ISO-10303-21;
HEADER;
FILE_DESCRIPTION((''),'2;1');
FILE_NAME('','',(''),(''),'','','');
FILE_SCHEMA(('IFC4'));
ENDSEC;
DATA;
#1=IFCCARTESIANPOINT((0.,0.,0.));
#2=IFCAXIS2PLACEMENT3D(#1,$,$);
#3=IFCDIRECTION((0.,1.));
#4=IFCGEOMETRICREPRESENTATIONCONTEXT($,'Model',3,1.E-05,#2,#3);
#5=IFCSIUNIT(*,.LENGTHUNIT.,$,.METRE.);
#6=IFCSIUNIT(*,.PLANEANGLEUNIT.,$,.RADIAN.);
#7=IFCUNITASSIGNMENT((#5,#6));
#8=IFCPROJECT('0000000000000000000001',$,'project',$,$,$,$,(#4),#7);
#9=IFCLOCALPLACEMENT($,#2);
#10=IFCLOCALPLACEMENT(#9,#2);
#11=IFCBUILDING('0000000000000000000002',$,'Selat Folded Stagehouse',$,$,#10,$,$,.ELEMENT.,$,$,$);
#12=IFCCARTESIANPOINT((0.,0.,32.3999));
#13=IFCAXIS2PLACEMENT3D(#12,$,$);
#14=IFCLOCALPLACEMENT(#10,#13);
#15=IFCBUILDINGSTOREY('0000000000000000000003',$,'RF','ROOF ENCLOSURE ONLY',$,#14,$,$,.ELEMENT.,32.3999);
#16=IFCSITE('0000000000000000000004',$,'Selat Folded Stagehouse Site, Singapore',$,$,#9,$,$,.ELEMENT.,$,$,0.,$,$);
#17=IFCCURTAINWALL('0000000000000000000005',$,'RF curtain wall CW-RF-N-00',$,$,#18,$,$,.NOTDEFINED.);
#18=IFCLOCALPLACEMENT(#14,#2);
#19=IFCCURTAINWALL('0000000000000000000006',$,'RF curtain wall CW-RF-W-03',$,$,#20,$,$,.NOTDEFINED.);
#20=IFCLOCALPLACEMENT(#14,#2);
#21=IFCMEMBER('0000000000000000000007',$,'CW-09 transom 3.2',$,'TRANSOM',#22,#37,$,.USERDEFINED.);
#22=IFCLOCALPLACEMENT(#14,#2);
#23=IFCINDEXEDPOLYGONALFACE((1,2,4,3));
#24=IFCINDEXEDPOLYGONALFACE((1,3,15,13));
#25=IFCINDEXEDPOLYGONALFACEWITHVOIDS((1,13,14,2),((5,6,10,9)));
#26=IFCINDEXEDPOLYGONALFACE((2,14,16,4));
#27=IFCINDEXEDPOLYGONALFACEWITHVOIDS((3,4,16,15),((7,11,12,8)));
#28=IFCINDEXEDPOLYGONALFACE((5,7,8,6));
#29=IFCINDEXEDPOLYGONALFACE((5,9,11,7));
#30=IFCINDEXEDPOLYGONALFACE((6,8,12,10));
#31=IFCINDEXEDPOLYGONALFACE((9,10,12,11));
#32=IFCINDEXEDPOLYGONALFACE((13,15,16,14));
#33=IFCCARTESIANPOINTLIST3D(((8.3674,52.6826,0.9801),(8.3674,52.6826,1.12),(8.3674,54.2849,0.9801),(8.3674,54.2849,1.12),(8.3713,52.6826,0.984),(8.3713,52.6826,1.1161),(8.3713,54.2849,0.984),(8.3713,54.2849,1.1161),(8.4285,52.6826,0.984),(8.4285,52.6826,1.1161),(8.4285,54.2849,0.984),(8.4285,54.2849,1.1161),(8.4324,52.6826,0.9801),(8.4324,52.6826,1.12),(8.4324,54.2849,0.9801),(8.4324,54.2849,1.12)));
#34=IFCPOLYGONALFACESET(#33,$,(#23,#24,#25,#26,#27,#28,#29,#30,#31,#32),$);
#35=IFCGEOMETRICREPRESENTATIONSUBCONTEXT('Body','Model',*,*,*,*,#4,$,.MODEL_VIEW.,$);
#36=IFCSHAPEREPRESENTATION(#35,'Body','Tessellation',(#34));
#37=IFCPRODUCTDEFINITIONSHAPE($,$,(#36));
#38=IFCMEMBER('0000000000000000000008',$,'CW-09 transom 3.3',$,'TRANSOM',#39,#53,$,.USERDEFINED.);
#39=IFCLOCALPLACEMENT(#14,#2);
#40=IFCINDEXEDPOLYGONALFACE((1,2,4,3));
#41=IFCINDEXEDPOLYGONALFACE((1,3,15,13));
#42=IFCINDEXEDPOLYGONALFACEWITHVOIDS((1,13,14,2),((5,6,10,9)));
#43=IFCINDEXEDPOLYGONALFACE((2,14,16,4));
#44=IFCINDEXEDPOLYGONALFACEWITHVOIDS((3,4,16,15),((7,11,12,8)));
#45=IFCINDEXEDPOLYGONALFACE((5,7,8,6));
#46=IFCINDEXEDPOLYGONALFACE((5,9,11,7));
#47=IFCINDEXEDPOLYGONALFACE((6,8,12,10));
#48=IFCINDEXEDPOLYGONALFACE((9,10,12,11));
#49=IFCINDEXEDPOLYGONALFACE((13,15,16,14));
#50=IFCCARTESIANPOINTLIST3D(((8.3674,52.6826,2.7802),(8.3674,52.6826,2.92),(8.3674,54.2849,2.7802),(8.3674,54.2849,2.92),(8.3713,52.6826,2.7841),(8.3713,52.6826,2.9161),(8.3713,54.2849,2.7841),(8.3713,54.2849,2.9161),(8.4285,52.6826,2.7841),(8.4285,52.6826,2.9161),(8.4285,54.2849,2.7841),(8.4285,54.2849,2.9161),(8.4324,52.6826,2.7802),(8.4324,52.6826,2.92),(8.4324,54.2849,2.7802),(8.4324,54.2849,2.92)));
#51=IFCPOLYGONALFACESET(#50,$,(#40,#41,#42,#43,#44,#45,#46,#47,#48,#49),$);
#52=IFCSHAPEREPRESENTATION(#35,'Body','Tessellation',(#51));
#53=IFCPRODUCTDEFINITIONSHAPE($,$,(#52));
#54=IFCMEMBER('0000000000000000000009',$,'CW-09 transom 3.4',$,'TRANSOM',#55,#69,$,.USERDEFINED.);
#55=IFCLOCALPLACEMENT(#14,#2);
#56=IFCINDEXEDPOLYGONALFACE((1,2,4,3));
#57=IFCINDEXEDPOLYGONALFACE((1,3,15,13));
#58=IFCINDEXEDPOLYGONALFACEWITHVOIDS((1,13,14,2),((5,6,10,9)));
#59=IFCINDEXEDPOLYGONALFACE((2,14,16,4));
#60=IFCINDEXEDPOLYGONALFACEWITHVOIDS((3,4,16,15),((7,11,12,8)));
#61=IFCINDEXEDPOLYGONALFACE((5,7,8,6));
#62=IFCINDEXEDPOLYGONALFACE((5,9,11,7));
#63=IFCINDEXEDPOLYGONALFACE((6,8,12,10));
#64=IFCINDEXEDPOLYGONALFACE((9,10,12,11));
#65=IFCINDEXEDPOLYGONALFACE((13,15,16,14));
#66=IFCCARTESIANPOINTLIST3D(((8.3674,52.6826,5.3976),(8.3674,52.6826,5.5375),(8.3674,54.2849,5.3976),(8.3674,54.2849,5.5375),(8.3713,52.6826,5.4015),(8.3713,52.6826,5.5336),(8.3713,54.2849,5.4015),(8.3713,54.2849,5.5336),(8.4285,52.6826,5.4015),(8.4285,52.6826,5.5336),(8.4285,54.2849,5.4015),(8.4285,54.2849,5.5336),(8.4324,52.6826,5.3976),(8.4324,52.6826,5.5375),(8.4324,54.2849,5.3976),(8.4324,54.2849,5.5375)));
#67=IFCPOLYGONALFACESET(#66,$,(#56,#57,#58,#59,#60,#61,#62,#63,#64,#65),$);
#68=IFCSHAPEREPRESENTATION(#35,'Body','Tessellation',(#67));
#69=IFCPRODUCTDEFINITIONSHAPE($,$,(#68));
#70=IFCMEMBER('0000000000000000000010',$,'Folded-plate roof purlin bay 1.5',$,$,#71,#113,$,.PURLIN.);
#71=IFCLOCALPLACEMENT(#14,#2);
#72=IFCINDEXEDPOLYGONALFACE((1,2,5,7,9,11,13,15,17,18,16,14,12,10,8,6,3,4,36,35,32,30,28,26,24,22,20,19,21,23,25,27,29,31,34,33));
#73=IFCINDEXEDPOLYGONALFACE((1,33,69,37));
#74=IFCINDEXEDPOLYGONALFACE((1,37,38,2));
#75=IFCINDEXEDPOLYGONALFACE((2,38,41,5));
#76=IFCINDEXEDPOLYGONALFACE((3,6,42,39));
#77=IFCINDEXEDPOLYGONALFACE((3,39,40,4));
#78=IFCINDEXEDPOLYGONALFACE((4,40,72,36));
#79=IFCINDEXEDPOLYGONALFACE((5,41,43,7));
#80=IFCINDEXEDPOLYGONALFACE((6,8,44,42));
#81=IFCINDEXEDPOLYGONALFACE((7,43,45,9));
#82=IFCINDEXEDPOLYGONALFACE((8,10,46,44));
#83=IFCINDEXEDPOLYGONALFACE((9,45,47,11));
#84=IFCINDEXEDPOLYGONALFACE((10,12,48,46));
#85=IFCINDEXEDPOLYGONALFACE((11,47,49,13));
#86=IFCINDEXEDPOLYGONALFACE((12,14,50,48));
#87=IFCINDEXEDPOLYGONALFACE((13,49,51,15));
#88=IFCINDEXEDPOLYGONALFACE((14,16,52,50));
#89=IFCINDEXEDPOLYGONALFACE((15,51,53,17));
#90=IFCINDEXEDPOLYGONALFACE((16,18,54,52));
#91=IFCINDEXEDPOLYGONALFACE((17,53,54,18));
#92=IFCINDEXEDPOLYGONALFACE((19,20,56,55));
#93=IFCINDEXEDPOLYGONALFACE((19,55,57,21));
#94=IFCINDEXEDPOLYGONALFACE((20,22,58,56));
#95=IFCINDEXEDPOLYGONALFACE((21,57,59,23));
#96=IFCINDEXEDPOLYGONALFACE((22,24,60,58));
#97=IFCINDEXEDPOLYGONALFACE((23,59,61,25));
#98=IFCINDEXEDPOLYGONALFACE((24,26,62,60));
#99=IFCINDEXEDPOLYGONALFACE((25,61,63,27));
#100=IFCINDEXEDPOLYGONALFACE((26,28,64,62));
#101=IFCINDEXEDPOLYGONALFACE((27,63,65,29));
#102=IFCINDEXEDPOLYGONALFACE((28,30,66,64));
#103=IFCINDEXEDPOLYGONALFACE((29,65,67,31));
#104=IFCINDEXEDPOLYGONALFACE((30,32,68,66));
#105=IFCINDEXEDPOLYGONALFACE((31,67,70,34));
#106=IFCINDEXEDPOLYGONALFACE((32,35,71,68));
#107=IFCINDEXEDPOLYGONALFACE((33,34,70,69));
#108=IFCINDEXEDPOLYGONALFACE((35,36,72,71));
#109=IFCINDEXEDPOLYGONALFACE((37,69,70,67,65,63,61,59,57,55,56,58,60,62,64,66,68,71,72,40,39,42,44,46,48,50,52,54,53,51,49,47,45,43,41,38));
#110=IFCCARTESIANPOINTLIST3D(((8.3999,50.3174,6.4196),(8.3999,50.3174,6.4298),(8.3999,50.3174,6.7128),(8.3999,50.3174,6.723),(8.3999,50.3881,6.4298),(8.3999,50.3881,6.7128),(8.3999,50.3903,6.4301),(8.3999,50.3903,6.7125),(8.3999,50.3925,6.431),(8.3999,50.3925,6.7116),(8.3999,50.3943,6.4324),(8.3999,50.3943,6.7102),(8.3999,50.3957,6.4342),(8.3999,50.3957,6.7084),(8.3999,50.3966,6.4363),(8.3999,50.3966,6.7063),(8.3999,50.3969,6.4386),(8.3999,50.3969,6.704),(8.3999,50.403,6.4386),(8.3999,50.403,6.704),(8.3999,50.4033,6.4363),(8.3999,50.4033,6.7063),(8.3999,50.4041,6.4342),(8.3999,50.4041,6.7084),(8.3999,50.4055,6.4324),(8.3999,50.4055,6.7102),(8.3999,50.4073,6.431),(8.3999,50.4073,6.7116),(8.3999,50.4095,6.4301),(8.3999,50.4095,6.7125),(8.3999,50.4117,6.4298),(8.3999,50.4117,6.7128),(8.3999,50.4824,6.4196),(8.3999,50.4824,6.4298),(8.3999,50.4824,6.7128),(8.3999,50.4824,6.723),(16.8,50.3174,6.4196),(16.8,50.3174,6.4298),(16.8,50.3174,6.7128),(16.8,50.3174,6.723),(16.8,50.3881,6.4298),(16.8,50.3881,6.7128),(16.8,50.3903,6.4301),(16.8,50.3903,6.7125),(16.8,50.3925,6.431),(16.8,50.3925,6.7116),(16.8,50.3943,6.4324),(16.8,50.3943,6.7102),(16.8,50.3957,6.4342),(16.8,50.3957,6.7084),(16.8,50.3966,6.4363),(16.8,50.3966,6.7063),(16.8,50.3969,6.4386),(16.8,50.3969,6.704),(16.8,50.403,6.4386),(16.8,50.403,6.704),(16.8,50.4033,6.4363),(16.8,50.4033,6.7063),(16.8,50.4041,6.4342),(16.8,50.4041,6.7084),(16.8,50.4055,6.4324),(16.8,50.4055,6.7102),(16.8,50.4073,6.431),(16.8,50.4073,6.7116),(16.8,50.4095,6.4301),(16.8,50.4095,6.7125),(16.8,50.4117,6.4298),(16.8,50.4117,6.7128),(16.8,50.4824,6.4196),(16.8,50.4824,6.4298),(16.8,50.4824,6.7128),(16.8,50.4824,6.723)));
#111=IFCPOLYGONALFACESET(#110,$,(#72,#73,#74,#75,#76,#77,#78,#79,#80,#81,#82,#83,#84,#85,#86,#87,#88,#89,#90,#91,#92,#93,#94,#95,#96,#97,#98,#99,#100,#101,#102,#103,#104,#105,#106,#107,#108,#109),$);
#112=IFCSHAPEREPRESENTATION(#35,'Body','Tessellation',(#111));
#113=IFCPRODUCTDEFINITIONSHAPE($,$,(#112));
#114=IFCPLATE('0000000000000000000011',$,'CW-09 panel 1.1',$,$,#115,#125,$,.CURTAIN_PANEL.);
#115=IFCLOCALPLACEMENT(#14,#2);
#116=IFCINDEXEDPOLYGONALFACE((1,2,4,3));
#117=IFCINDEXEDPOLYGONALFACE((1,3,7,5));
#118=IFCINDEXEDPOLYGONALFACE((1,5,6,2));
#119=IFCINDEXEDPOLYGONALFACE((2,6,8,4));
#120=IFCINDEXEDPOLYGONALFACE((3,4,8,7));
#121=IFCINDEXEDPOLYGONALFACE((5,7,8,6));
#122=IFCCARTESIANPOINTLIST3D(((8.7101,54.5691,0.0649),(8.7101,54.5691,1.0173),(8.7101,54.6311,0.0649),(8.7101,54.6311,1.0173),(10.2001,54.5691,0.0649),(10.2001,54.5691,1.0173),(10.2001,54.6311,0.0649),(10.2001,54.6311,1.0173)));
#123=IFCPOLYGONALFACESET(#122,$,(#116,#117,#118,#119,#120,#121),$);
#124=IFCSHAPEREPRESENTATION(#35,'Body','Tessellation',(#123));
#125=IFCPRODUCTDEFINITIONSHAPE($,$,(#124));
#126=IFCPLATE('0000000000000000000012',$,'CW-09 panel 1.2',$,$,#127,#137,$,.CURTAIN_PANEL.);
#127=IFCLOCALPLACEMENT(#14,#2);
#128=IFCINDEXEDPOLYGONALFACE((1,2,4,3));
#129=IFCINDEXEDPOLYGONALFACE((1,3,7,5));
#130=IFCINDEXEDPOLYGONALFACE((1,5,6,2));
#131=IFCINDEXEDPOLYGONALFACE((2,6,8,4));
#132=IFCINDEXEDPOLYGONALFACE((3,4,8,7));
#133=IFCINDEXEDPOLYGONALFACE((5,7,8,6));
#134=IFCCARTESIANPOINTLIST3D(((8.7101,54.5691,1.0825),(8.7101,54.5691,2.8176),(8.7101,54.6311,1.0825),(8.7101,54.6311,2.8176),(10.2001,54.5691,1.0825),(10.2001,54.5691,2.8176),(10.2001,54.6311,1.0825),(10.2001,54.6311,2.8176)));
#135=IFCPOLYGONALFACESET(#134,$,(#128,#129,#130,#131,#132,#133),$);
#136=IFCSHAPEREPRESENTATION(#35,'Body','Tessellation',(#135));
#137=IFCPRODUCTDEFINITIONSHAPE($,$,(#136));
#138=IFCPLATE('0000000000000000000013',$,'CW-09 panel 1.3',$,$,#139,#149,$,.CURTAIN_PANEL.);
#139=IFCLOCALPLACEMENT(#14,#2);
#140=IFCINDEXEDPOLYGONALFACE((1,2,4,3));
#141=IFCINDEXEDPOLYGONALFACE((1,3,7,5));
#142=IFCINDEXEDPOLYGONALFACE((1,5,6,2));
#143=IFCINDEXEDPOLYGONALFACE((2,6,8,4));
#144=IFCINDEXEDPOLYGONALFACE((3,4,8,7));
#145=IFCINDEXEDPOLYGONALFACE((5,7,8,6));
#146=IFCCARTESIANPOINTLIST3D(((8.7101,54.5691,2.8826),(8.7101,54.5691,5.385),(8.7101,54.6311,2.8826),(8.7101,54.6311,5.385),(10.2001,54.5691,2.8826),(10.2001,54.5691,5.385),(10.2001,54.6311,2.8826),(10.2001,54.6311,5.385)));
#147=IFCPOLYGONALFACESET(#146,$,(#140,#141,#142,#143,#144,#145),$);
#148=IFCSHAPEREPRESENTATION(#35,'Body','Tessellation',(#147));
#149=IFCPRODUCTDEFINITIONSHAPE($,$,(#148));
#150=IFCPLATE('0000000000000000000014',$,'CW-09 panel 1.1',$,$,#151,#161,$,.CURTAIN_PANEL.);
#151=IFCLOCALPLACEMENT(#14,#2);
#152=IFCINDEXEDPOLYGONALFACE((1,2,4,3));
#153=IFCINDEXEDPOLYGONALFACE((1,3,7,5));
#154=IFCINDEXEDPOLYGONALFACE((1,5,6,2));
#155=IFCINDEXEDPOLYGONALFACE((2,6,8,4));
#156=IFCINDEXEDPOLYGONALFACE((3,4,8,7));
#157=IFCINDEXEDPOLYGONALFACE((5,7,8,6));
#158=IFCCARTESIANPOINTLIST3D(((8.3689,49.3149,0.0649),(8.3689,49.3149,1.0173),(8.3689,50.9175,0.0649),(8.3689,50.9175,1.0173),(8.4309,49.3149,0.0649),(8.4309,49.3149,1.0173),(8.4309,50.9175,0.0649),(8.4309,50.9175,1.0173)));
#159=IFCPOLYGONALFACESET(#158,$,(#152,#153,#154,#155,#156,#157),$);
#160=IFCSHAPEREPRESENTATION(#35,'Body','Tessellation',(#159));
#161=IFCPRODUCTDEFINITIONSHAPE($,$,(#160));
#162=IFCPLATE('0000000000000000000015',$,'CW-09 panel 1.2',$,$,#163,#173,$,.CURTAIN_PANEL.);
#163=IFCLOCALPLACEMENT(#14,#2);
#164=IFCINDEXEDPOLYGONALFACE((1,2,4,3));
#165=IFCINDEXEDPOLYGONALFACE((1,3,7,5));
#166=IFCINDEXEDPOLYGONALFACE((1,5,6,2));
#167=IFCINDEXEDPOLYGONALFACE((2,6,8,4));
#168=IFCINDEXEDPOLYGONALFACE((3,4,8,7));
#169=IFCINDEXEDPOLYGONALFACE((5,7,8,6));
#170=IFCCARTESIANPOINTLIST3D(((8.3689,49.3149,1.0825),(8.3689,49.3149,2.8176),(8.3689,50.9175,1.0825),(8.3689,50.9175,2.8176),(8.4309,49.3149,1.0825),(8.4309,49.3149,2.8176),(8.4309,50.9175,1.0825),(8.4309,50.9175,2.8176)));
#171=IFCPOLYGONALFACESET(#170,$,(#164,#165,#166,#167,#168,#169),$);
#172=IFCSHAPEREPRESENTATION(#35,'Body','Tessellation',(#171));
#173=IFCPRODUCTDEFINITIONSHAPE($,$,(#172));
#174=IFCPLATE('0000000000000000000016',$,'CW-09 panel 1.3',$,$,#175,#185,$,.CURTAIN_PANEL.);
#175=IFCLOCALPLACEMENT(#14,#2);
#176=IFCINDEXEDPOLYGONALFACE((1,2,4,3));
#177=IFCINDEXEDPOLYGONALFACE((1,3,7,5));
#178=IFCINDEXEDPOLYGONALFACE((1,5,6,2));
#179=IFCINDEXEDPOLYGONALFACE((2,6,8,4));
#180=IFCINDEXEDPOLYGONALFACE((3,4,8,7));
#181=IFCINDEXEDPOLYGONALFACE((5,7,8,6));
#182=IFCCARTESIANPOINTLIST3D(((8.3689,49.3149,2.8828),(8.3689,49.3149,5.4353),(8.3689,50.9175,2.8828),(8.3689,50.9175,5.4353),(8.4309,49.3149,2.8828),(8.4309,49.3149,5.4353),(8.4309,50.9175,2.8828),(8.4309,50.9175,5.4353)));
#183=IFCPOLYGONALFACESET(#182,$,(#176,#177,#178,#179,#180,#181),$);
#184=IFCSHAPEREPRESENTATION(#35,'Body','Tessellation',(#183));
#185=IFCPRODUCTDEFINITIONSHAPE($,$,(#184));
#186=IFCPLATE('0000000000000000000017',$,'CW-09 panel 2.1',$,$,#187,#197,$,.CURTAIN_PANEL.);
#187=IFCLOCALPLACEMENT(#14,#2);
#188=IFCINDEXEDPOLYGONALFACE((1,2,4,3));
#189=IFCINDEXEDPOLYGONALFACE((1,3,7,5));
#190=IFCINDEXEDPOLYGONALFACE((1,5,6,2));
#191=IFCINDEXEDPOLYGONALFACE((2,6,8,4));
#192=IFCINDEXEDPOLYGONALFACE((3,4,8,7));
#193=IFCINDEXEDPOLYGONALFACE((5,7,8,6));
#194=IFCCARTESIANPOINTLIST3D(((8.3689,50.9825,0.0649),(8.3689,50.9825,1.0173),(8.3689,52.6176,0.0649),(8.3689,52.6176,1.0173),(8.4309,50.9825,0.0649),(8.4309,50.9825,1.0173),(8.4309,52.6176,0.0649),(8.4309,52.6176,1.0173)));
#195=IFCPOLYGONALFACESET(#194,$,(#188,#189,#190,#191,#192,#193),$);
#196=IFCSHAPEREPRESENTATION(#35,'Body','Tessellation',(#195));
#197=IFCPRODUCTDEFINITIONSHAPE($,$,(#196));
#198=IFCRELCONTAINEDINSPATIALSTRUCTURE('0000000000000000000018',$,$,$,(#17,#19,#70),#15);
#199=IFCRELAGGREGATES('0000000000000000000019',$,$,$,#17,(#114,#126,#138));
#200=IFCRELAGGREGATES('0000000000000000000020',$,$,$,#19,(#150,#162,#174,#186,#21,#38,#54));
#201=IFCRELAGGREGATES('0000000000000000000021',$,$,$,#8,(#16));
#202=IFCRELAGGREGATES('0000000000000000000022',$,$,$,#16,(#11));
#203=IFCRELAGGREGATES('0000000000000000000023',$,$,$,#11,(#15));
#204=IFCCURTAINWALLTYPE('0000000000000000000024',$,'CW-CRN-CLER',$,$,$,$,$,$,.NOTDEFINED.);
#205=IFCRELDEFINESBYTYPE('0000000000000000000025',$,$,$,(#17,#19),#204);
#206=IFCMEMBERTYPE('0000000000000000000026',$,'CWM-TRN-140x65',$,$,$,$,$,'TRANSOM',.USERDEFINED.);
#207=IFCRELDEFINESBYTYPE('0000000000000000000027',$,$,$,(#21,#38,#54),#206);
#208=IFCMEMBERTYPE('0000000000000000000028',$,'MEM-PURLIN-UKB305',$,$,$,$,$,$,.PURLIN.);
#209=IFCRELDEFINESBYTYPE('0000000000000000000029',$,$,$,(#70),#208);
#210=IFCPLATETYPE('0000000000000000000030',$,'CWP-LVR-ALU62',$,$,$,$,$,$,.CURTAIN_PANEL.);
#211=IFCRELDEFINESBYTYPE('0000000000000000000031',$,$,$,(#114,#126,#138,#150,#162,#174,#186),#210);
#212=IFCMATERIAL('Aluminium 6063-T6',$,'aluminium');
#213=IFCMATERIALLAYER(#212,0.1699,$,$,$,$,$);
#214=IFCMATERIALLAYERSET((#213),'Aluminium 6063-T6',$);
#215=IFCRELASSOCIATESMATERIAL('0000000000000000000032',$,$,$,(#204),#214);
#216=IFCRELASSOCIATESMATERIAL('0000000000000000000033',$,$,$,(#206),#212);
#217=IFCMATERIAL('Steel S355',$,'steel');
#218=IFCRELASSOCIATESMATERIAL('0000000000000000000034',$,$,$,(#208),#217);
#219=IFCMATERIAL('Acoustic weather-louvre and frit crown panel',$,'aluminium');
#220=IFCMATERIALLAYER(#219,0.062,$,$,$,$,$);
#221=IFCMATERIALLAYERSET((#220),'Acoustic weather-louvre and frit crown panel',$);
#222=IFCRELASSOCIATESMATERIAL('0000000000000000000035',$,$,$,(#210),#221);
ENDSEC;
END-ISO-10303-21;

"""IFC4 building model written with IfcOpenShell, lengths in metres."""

from ifc_helpers import new_model, si_unit, direction, frame, origin, origin_2d, place, context, subcontext, project, spatial, rectangle, hollow_rectangle, i_section, extrude, material, layer, layer_set, material_profile, profile_set, type_object, element, aggregate, save


model = new_model("IFC4")

# Units and contexts
model_context = context("Model", 3, precision=1e-05, world=origin(), true_north=direction((0.0, 1.0)))
body_context = subcontext(model_context, "Body", "Model", "MODEL_VIEW")
ifc_project = project(units=[si_unit("LENGTHUNIT", "METRE"), si_unit("PLANEANGLEUNIT", "RADIAN")], contexts=[model_context])

# Site, building, storey
site_placement = place(None, origin())
site = spatial("IfcSite", under=ifc_project, at=site_placement, Name="Selat Folded Stagehouse Site, Singapore", CompositionType="ELEMENT", RefElevation=0.0)
building_placement = place(site_placement, origin())
building = spatial("IfcBuilding", under=site, at=building_placement, Name="Selat Folded Stagehouse", CompositionType="ELEMENT")
storey_placement = place(building_placement, frame((0.0, 0.0, 32.3999)))
storey = spatial("IfcBuildingStorey", under=building, at=storey_placement, Name="RF", Description="ROOF ENCLOSURE ONLY", CompositionType="ELEMENT", Elevation=32.3999)

# Shared definitions
ifc_material_1 = material(Name="Steel S355", Category="steel")

# Curtain walls
ifc_material_2 = material(Name="Aluminium 6063-T6", Category="aluminium")
ifc_layer_1 = layer(ifc_material_2, 0.1699)
ifc_layer_set_1 = layer_set([ifc_layer_1], Name="Aluminium 6063-T6")
curtain_wall_type = type_object("IfcCurtainWallType", Name="CW-CRN-CLER", PredefinedType="NOTDEFINED", material=ifc_layer_set_1)
curtain_wall_1_placement = place(storey_placement, origin())
curtain_wall_1 = element("IfcCurtainWall", 1, at=curtain_wall_1_placement, inside=storey, type_object=curtain_wall_type, Name="RF curtain wall CW-RF-N-00", PredefinedType="NOTDEFINED")
curtain_wall_2_placement = place(storey_placement, origin())
curtain_wall_2 = element("IfcCurtainWall", 2, at=curtain_wall_2_placement, inside=storey, type_object=curtain_wall_type, Name="RF curtain wall CW-RF-W-03", PredefinedType="NOTDEFINED")

# Members
ifc_material_profile_1 = material_profile(ifc_material_2, hollow_rectangle(XDim=0.0649, YDim=0.1399, WallThickness=0.0039, at=origin_2d()), Name="ALU 140x65x4.0")
ifc_profile_set_1 = profile_set([ifc_material_profile_1], Name="Aluminium 6063-T6")
member_type_1 = type_object("IfcMemberType", Name="CWM-TRN-140x65", ElementType="TRANSOM", PredefinedType="USERDEFINED", material=ifc_profile_set_1)
member_1_placement = place(storey_placement, frame((8.3999, 52.6826, 1.05), z_axis=(0.0, 1.0, 0.0), x_axis=(-1.0, 0.0, 0.0)))
member_1 = element("IfcMember", 3, at=member_1_placement, type_object=member_type_1, Name="CW-09 transom 3.2", ObjectType="TRANSOM", PredefinedType="USERDEFINED", context=body_context, shape_type="SweptSolid", body=[
    extrude(hollow_rectangle(XDim=0.0649, YDim=0.1399, WallThickness=0.0039, at=origin_2d()), origin(), (0.0, 0.0, 1.0), 1.6023),
])
member_2_placement = place(storey_placement, frame((8.3999, 52.6826, 2.8501), z_axis=(0.0, 1.0, 0.0), x_axis=(-1.0, 0.0, 0.0)))
member_2 = element("IfcMember", 4, at=member_2_placement, type_object=member_type_1, Name="CW-09 transom 3.3", ObjectType="TRANSOM", PredefinedType="USERDEFINED", context=body_context, shape_type="SweptSolid", body=[
    extrude(hollow_rectangle(XDim=0.0649, YDim=0.1399, WallThickness=0.0039, at=origin_2d()), origin(), (0.0, 0.0, 1.0), 1.6023),
])
member_3_placement = place(storey_placement, frame((8.3999, 52.6826, 5.4675), z_axis=(0.0, 1.0, 0.0), x_axis=(-1.0, 0.0, 0.0)))
member_3 = element("IfcMember", 5, at=member_3_placement, type_object=member_type_1, Name="CW-09 transom 3.4", ObjectType="TRANSOM", PredefinedType="USERDEFINED", context=body_context, shape_type="SweptSolid", body=[
    extrude(hollow_rectangle(XDim=0.0649, YDim=0.1399, WallThickness=0.0039, at=origin_2d()), origin(), (0.0, 0.0, 1.0), 1.6023),
])
ifc_material_profile_2 = material_profile(ifc_material_1, i_section(OverallWidth=0.165, OverallDepth=0.3035, WebThickness=0.0061, FlangeThickness=0.0103, FilletRadius=0.0088, at=origin_2d()), Name="UKB 305x165x40")
ifc_profile_set_2 = profile_set([ifc_material_profile_2], Name="Steel S355")
member_type_2 = type_object("IfcMemberType", Name="MEM-PURLIN-UKB305", PredefinedType="PURLIN", material=ifc_profile_set_2)
member_4_placement = place(storey_placement, frame((8.3999, 50.3999, 6.5713), z_axis=(1.0, 0.0, 0.0), x_axis=(0.0, 1.0, 0.0)))
element("IfcMember", 6, at=member_4_placement, inside=storey, type_object=member_type_2, Name="Folded-plate roof purlin bay 1.5", PredefinedType="PURLIN", context=body_context, shape_type="SweptSolid", body=[
    extrude(i_section(OverallWidth=0.165, OverallDepth=0.3035, WebThickness=0.0061, FlangeThickness=0.0103, FilletRadius=0.0088, at=origin_2d()), origin(), (0.0, 0.0, 1.0), 8.4001),
])

# Plates
ifc_material_3 = material(Name="Acoustic weather-louvre and frit crown panel", Category="aluminium")
ifc_layer_2 = layer(ifc_material_3, 0.062)
ifc_layer_set_2 = layer_set([ifc_layer_2], Name="Acoustic weather-louvre and frit crown panel")
plate_type_1 = type_object("IfcPlateType", Name="CWP-LVR-ALU62", PredefinedType="CURTAIN_PANEL", material=ifc_layer_set_2)
plate_1_placement = place(storey_placement, frame((9.4551, 54.6001, 0.0649), z_axis=(0.0, 0.0, 1.0), x_axis=(1.0, 0.0, 0.0)))
plate_1 = element("IfcPlate", 7, at=plate_1_placement, type_object=plate_type_1, Name="CW-09 panel 1.1", PredefinedType="CURTAIN_PANEL", context=body_context, shape_type="SweptSolid", body=[
    extrude(rectangle(XDim=1.49, YDim=0.062, at=origin_2d()), origin(), (0.0, 0.0, 1.0), 0.9524),
])
plate_2_placement = place(storey_placement, frame((9.4551, 54.6001, 1.0825), z_axis=(0.0, 0.0, 1.0), x_axis=(1.0, 0.0, 0.0)))
plate_2 = element("IfcPlate", 8, at=plate_2_placement, type_object=plate_type_1, Name="CW-09 panel 1.2", PredefinedType="CURTAIN_PANEL", context=body_context, shape_type="SweptSolid", body=[
    extrude(rectangle(XDim=1.49, YDim=0.062, at=origin_2d()), origin(), (0.0, 0.0, 1.0), 1.7351),
])
plate_3_placement = place(storey_placement, frame((9.4551, 54.6001, 2.8826), z_axis=(0.0, 0.0, 1.0), x_axis=(1.0, 0.0, 0.0)))
plate_3 = element("IfcPlate", 9, at=plate_3_placement, type_object=plate_type_1, Name="CW-09 panel 1.3", PredefinedType="CURTAIN_PANEL", context=body_context, shape_type="SweptSolid", body=[
    extrude(rectangle(XDim=1.49, YDim=0.062, at=origin_2d()), origin(), (0.0, 0.0, 1.0), 2.5024),
])
aggregate(curtain_wall_1, [plate_1, plate_2, plate_3])
plate_4_placement = place(storey_placement, frame((8.3999, 50.1162, 0.0649), z_axis=(0.0, 0.0, 1.0), x_axis=(0.0, 1.0, 0.0)))
plate_4 = element("IfcPlate", 10, at=plate_4_placement, type_object=plate_type_1, Name="CW-09 panel 1.1", PredefinedType="CURTAIN_PANEL", context=body_context, shape_type="SweptSolid", body=[
    extrude(rectangle(XDim=1.6025, YDim=0.062, at=origin_2d()), origin(), (0.0, 0.0, 1.0), 0.9524),
])
plate_5_placement = place(storey_placement, frame((8.3999, 50.1162, 1.0825), z_axis=(0.0, 0.0, 1.0), x_axis=(0.0, 1.0, 0.0)))
plate_5 = element("IfcPlate", 11, at=plate_5_placement, type_object=plate_type_1, Name="CW-09 panel 1.2", PredefinedType="CURTAIN_PANEL", context=body_context, shape_type="SweptSolid", body=[
    extrude(rectangle(XDim=1.6025, YDim=0.062, at=origin_2d()), origin(), (0.0, 0.0, 1.0), 1.7351),
])
plate_6_placement = place(storey_placement, frame((8.3999, 50.1162, 2.8828), z_axis=(0.0, 0.0, 1.0), x_axis=(0.0, 1.0, 0.0)))
plate_6 = element("IfcPlate", 12, at=plate_6_placement, type_object=plate_type_1, Name="CW-09 panel 1.3", PredefinedType="CURTAIN_PANEL", context=body_context, shape_type="SweptSolid", body=[
    extrude(rectangle(XDim=1.6025, YDim=0.062, at=origin_2d()), origin(), (0.0, 0.0, 1.0), 2.5525),
])
plate_7_placement = place(storey_placement, frame((8.3999, 51.8, 0.0649), z_axis=(0.0, 0.0, 1.0), x_axis=(0.0, 1.0, 0.0)))
plate_7 = element("IfcPlate", 13, at=plate_7_placement, type_object=plate_type_1, Name="CW-09 panel 2.1", PredefinedType="CURTAIN_PANEL", context=body_context, shape_type="SweptSolid", body=[
    extrude(rectangle(XDim=1.635, YDim=0.062, at=origin_2d()), origin(), (0.0, 0.0, 1.0), 0.9524),
])
aggregate(curtain_wall_2, [plate_4, plate_5, plate_6, plate_7, member_1, member_2, member_3])

save(model, "model.ifc")
